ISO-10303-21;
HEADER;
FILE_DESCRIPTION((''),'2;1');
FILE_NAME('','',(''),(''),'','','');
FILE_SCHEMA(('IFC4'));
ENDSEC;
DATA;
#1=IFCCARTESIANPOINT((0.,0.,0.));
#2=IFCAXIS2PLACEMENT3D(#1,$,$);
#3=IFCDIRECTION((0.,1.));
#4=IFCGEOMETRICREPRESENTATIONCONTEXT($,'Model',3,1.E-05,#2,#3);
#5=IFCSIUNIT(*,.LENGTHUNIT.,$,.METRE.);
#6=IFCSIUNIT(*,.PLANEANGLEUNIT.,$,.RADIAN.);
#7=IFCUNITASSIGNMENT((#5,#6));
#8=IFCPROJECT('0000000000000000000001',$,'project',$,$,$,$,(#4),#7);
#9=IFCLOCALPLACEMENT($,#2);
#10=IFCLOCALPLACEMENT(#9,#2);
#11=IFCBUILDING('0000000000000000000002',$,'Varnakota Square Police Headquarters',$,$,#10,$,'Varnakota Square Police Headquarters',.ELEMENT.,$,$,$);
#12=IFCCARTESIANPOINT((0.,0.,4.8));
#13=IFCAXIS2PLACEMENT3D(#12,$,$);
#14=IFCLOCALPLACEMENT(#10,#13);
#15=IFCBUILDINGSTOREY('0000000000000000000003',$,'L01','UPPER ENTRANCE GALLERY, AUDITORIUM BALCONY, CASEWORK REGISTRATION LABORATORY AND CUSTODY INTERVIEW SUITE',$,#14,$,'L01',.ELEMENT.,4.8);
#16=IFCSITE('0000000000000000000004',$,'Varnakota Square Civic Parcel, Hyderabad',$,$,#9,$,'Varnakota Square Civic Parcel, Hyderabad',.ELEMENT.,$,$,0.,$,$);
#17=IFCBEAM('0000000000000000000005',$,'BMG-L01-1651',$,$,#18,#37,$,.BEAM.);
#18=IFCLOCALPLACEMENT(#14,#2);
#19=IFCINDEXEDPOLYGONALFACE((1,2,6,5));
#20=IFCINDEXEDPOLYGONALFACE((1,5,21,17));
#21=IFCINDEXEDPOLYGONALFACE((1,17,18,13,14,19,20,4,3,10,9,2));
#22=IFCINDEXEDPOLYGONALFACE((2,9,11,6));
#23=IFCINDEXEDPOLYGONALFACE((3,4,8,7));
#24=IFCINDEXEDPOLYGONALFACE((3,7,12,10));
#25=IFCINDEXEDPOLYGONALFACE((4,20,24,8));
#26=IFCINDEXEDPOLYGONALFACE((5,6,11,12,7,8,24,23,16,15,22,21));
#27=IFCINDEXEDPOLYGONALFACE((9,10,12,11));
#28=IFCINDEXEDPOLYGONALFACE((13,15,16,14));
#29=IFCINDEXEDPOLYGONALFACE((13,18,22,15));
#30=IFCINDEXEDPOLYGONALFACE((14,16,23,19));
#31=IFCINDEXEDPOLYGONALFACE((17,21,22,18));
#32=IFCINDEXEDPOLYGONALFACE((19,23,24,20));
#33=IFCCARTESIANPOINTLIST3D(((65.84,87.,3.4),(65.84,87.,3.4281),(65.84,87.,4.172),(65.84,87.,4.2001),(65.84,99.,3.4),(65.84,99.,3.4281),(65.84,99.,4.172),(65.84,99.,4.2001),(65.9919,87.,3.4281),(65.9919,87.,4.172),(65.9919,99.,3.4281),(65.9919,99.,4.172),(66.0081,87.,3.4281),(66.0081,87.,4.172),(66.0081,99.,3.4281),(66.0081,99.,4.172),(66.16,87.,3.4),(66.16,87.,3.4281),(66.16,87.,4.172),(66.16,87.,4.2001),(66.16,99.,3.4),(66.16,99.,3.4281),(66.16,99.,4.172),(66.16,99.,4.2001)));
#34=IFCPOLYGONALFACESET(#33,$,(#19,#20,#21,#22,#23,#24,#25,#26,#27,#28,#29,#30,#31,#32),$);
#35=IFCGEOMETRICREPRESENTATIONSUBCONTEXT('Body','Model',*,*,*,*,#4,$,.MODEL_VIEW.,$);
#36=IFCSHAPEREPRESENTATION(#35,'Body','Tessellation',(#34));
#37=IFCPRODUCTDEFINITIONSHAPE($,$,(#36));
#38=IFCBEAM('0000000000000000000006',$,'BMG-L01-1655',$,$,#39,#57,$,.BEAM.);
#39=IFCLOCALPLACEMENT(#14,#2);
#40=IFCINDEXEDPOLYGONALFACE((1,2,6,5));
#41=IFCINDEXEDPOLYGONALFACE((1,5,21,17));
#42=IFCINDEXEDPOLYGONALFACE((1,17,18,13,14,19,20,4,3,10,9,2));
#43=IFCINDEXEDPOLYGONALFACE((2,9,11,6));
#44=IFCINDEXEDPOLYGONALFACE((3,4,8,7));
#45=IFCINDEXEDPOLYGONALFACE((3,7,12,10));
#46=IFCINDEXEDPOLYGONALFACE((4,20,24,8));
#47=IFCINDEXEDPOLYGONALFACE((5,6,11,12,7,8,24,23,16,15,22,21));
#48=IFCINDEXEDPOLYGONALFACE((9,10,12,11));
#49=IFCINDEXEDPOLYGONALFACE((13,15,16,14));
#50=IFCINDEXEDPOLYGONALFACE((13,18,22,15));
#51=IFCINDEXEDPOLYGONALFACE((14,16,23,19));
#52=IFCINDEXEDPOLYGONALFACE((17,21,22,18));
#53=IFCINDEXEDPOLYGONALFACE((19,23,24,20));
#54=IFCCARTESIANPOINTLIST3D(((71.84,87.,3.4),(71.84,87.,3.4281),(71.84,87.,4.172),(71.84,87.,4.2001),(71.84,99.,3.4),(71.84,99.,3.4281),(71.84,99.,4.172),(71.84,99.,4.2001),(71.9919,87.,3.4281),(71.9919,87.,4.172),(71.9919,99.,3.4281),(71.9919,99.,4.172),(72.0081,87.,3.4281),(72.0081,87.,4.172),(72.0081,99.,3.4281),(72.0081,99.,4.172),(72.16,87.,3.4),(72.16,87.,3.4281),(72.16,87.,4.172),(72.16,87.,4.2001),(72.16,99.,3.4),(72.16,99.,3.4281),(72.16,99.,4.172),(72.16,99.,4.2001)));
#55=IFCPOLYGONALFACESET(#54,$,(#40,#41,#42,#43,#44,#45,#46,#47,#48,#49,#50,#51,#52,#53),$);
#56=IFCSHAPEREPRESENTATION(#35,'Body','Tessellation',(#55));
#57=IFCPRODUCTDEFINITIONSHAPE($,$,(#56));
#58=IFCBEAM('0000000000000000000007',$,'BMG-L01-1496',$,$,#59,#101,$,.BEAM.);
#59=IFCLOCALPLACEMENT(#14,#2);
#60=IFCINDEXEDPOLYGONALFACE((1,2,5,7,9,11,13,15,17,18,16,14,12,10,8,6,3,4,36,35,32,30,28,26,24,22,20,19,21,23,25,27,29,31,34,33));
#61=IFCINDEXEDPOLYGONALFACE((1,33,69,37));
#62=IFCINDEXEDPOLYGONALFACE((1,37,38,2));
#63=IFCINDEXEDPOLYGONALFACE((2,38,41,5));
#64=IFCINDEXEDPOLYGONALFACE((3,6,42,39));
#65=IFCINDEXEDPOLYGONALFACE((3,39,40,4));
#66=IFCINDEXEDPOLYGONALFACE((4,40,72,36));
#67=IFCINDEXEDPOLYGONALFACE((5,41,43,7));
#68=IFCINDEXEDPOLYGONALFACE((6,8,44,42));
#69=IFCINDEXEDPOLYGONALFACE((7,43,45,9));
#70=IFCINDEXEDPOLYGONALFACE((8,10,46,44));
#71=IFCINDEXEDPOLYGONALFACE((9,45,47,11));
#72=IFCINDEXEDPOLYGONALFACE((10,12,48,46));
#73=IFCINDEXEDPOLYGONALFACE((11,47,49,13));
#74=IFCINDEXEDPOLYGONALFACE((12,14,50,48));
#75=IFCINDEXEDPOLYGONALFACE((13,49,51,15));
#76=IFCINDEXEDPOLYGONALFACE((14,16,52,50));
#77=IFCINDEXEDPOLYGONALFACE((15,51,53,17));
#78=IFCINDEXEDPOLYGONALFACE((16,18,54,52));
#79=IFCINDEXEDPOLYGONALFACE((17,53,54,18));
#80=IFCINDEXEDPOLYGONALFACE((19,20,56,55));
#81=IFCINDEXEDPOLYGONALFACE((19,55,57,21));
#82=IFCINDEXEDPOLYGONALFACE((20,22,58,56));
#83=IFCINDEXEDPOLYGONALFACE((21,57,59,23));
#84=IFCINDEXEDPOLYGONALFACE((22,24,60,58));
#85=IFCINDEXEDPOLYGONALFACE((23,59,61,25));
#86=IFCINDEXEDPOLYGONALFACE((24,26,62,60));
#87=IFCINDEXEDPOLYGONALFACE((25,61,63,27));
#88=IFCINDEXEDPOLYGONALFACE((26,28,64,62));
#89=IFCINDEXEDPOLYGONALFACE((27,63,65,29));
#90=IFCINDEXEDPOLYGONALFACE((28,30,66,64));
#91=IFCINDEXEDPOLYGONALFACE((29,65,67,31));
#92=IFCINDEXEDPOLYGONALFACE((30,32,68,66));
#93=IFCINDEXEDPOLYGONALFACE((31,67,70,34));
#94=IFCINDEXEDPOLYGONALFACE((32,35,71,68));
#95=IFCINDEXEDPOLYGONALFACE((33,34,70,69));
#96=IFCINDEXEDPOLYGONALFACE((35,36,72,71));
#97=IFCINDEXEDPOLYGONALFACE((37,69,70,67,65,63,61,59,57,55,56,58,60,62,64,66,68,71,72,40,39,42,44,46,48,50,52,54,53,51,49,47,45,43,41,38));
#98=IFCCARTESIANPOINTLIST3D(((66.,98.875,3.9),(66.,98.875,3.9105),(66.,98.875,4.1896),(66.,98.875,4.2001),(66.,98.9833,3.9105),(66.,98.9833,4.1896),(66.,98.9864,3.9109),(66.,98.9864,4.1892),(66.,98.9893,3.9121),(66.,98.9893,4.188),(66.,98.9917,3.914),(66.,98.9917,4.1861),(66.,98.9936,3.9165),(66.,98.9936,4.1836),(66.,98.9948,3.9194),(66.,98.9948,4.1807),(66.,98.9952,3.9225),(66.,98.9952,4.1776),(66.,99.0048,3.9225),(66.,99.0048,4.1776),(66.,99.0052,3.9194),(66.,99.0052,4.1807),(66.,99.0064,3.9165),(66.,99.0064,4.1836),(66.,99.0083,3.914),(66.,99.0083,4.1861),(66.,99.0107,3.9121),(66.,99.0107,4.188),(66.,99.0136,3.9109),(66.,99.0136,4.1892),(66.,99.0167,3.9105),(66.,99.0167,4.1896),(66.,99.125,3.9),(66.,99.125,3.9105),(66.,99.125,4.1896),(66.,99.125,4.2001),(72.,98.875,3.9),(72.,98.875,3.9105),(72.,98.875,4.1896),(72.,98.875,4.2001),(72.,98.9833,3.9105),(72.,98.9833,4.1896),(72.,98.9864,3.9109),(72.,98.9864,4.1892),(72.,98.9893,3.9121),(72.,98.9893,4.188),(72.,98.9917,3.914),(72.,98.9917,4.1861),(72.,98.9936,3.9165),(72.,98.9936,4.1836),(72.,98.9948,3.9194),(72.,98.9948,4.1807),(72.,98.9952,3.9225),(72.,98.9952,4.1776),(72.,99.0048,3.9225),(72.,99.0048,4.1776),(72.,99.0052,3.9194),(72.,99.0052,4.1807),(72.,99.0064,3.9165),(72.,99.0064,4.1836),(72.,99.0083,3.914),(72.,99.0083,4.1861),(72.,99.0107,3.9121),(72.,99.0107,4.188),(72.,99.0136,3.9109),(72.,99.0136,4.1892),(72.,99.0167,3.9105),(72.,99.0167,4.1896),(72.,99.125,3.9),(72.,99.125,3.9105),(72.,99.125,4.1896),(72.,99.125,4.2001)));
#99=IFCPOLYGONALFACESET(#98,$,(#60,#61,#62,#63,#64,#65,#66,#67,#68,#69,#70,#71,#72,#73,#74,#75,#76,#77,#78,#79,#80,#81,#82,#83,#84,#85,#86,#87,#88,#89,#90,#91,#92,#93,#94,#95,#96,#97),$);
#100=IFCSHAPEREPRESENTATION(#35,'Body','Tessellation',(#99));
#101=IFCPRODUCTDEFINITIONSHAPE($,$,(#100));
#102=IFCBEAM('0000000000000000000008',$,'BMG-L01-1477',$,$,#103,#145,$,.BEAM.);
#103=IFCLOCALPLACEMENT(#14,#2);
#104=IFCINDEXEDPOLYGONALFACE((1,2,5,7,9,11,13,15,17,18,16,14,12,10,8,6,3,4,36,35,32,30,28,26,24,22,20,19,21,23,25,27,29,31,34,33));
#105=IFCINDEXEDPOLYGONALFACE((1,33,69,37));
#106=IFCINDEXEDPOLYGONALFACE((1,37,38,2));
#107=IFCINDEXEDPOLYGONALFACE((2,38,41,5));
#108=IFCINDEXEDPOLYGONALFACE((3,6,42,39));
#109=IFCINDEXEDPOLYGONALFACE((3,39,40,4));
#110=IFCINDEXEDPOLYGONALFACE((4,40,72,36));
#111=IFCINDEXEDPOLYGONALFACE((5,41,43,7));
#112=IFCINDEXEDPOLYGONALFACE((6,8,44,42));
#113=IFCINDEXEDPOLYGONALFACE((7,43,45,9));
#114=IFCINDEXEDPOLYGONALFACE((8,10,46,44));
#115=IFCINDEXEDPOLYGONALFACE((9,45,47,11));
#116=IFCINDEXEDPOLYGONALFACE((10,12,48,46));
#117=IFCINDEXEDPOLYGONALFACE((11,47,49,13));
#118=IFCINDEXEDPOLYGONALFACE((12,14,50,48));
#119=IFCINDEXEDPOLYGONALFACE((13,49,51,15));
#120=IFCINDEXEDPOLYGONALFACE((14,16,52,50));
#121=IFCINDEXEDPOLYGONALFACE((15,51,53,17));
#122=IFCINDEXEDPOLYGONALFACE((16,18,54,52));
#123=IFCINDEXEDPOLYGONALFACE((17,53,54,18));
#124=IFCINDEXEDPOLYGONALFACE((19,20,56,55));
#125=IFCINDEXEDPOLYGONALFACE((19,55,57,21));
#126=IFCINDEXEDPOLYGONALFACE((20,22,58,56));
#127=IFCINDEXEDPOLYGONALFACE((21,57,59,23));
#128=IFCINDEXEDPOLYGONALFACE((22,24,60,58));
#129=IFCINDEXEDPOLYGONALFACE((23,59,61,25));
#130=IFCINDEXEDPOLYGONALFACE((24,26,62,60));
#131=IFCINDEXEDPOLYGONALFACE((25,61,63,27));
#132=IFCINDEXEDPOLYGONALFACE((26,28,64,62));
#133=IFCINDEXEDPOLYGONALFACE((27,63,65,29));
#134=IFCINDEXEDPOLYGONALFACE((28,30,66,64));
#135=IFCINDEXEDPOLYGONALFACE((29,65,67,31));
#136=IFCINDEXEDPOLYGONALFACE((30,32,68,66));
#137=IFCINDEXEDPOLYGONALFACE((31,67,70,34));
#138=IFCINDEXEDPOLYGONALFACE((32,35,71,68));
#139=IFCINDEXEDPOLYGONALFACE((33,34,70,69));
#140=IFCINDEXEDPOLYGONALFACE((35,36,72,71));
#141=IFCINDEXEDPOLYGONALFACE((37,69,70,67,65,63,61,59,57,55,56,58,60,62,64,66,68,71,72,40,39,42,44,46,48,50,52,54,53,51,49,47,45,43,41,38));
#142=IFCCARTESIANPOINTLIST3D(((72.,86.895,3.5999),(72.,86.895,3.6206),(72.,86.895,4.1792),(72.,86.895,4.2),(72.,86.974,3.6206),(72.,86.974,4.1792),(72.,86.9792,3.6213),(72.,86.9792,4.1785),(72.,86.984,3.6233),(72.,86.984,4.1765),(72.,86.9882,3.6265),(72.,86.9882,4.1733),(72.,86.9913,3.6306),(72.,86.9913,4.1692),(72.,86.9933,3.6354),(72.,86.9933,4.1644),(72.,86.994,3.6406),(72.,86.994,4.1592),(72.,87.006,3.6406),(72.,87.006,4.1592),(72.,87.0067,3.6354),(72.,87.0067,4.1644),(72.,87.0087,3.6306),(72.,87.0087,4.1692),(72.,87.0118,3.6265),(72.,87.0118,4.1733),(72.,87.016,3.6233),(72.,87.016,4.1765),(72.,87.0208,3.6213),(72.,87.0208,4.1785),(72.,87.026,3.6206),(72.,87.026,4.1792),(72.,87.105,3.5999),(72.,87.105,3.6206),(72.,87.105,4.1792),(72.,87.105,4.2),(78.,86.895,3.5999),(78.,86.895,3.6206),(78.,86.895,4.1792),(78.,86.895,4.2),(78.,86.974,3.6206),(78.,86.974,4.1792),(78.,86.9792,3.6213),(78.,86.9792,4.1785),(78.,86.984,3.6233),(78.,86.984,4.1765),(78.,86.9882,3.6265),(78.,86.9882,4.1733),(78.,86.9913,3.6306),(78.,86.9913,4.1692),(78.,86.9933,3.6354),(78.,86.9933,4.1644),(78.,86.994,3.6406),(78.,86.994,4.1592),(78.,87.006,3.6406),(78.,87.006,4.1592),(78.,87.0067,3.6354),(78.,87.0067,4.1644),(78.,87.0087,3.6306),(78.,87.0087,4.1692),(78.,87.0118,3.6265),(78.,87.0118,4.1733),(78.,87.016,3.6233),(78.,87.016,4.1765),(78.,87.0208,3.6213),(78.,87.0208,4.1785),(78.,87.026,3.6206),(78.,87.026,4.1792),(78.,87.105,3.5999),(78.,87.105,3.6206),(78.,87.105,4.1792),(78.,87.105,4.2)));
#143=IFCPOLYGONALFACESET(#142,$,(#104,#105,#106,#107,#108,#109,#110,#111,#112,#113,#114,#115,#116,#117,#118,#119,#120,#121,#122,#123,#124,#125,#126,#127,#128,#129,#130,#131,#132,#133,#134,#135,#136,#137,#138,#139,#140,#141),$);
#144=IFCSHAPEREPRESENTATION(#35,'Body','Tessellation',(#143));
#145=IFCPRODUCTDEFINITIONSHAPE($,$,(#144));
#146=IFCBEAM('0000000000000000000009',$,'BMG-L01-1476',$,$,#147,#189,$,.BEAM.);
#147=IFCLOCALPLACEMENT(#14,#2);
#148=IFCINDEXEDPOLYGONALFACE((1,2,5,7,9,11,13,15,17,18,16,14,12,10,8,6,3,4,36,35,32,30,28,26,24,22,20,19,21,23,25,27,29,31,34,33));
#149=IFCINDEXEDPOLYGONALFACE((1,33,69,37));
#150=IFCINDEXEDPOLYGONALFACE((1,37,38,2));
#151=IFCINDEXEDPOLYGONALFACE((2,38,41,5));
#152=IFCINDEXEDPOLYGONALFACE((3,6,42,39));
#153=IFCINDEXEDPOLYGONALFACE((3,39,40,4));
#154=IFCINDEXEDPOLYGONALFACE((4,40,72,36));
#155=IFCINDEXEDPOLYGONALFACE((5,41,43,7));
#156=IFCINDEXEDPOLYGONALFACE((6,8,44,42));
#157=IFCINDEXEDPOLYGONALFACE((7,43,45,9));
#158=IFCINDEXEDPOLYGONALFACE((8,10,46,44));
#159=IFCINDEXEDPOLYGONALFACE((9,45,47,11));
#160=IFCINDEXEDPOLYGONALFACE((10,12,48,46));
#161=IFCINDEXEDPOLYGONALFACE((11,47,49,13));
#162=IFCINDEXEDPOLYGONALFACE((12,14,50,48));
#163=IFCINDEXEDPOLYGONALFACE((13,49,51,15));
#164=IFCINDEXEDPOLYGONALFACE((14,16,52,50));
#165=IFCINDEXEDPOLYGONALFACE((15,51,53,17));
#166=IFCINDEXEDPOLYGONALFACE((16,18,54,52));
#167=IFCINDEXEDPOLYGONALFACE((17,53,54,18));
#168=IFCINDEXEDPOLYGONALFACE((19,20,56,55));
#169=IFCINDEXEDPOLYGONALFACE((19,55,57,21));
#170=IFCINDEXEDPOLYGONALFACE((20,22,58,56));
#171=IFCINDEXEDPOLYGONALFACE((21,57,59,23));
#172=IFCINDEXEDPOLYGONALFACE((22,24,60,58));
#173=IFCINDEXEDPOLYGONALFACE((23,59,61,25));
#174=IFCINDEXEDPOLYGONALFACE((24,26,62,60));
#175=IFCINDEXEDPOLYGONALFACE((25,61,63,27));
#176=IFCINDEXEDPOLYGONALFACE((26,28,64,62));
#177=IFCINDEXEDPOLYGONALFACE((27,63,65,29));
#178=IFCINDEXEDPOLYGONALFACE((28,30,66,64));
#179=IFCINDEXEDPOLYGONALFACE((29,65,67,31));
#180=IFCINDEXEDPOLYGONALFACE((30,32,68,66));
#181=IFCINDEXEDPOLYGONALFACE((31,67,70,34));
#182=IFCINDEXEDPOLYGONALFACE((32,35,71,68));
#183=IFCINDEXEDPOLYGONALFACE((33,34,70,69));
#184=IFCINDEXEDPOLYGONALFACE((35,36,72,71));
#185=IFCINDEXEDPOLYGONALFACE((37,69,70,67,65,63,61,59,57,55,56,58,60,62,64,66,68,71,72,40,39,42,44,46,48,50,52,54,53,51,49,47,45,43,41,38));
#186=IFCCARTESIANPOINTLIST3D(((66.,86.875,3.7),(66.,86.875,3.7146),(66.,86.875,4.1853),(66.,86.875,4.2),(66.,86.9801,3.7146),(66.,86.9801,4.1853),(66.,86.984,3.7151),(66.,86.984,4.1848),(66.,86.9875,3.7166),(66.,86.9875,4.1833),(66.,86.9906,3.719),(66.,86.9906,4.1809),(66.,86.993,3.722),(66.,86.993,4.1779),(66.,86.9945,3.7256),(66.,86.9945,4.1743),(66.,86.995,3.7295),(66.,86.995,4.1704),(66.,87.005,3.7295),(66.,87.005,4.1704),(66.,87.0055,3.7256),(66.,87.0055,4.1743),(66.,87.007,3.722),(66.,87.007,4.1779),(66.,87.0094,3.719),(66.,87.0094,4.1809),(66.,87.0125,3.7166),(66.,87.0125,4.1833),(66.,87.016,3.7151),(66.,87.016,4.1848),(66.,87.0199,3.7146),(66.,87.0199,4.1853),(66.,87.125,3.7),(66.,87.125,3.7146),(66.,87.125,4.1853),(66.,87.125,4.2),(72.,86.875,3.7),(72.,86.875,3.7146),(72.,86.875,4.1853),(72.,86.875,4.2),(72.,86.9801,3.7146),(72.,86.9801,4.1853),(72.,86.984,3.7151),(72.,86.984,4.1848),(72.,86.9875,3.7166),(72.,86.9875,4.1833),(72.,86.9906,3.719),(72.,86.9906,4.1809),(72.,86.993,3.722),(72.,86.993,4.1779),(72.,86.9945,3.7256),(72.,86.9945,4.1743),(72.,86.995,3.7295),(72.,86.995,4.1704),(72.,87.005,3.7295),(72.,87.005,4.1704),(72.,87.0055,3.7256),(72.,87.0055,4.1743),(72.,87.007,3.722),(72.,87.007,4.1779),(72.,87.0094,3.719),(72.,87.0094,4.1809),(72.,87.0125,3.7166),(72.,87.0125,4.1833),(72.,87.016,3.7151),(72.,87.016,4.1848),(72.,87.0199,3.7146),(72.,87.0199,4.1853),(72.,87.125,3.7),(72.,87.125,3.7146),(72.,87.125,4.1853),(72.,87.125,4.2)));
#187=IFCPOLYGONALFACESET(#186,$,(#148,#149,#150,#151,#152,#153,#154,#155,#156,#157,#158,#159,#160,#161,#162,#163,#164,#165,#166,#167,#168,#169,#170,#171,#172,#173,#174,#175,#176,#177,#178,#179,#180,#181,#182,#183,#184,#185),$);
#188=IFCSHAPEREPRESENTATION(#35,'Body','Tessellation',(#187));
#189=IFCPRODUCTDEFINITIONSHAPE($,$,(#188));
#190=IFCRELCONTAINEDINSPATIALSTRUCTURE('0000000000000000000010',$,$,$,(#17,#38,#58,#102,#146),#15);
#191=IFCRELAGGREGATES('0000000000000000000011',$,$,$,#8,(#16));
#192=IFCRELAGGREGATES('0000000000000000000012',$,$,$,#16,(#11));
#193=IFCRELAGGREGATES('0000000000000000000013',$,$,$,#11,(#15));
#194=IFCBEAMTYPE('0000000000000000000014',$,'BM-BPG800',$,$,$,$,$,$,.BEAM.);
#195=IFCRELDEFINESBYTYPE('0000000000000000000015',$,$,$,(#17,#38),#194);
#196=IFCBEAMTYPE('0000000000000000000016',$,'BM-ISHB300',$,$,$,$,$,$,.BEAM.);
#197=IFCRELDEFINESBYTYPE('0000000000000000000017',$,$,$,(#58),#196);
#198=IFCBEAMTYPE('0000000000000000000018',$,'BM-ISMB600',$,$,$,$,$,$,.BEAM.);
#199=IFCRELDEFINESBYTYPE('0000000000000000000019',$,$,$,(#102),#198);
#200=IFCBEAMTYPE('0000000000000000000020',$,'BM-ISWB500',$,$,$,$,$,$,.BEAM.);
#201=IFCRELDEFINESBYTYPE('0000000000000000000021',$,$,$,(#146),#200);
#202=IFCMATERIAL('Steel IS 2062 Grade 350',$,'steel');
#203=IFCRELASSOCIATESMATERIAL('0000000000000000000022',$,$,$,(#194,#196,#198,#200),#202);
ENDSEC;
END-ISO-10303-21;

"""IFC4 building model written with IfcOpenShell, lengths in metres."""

from ifc_helpers import new_model, si_unit, direction, frame, origin, origin_2d, place, context, subcontext, project, spatial, i_section, extrude, material, material_profile, profile_set, type_object, element, save


model = new_model("IFC4")

# Units and contexts
model_context = context("Model", 3, precision=1e-05, world=origin(), true_north=direction((0.0, 1.0)))
body_context = subcontext(model_context, "Body", "Model", "MODEL_VIEW")
ifc_project = project(units=[si_unit("LENGTHUNIT", "METRE"), si_unit("PLANEANGLEUNIT", "RADIAN")], contexts=[model_context])

# Site, building, storey
site_placement = place(None, origin())
site = spatial("IfcSite", under=ifc_project, at=site_placement, Name="Varnakota Square Civic Parcel, Hyderabad", LongName="Varnakota Square Civic Parcel, Hyderabad", CompositionType="ELEMENT", RefElevation=0.0)
building_placement = place(site_placement, origin())
building = spatial("IfcBuilding", under=site, at=building_placement, Name="Varnakota Square Police Headquarters", LongName="Varnakota Square Police Headquarters", CompositionType="ELEMENT")
storey_placement = place(building_placement, frame((0.0, 0.0, 4.8)))
storey = spatial("IfcBuildingStorey", under=building, at=storey_placement, Name="L01", Description="UPPER ENTRANCE GALLERY, AUDITORIUM BALCONY, CASEWORK REGISTRATION LABORATORY AND CUSTODY INTERVIEW SUITE", LongName="L01", CompositionType="ELEMENT", Elevation=4.8)

# Shared definitions
ifc_material_1 = material(Name="Steel IS 2062 Grade 350", Category="steel")

# Beams
ifc_material_profile_1 = material_profile(ifc_material_1, i_section(OverallWidth=0.3201, OverallDepth=0.8, WebThickness=0.0161, FlangeThickness=0.0281, at=origin_2d()), Name="BPG 800x320")
ifc_profile_set_1 = profile_set([ifc_material_profile_1], Name="Steel IS 2062 Grade 350")
beam_type_1 = type_object("IfcBeamType", Name="BM-BPG800", PredefinedType="BEAM", material=ifc_profile_set_1)
for number, where, z_axis, x_axis, name in (
    (1, (66.0, 87.0, 3.8), (0.0, 1.0, 0.0), (-1.0, 0.0, 0.0), "BMG-L01-1651"),
    (2, (72.0, 87.0, 3.8), (0.0, 1.0, 0.0), (-1.0, 0.0, 0.0), "BMG-L01-1655"),
):
    element("IfcBeam", number, at=place(storey_placement, frame(where, z_axis=z_axis, x_axis=x_axis)), inside=storey, type_object=beam_type_1, Name=name, PredefinedType="BEAM", context=body_context, shape_type="SweptSolid", body=[
        extrude(i_section(OverallWidth=0.3201, OverallDepth=0.8, WebThickness=0.0161, FlangeThickness=0.0281, at=origin_2d()), origin(), (0.0, 0.0, 1.0), 12.0),
    ])
ifc_material_profile_2 = material_profile(ifc_material_1, i_section(OverallWidth=0.25, OverallDepth=0.3, WebThickness=0.0095, FlangeThickness=0.0105, FilletRadius=0.012, at=origin_2d()), Name="ISHB 300")
ifc_profile_set_2 = profile_set([ifc_material_profile_2], Name="Steel IS 2062 Grade 350")
beam_type_2 = type_object("IfcBeamType", Name="BM-ISHB300", PredefinedType="BEAM", material=ifc_profile_set_2)
beam_1_placement = place(storey_placement, frame((66.0, 99.0, 4.05), z_axis=(1.0, 0.0, 0.0), x_axis=(0.0, 1.0, 0.0)))
element("IfcBeam", 3, at=beam_1_placement, inside=storey, type_object=beam_type_2, Name="BMG-L01-1496", PredefinedType="BEAM", context=body_context, shape_type="SweptSolid", body=[
    extrude(i_section(OverallWidth=0.25, OverallDepth=0.3, WebThickness=0.0095, FlangeThickness=0.0105, FilletRadius=0.012, at=origin_2d()), origin(), (0.0, 0.0, 1.0), 6.0),
])
ifc_material_profile_3 = material_profile(ifc_material_1, i_section(OverallWidth=0.21, OverallDepth=0.6001, WebThickness=0.012, FlangeThickness=0.0208, FilletRadius=0.02, at=origin_2d()), Name="ISMB 600")
ifc_profile_set_3 = profile_set([ifc_material_profile_3], Name="Steel IS 2062 Grade 350")
beam_type_3 = type_object("IfcBeamType", Name="BM-ISMB600", PredefinedType="BEAM", material=ifc_profile_set_3)
beam_2_placement = place(storey_placement, frame((72.0, 87.0, 3.8999), z_axis=(1.0, 0.0, 0.0), x_axis=(0.0, 1.0, 0.0)))
element("IfcBeam", 4, at=beam_2_placement, inside=storey, type_object=beam_type_3, Name="BMG-L01-1477", PredefinedType="BEAM", context=body_context, shape_type="SweptSolid", body=[
    extrude(i_section(OverallWidth=0.21, OverallDepth=0.6001, WebThickness=0.012, FlangeThickness=0.0208, FilletRadius=0.02, at=origin_2d()), origin(), (0.0, 0.0, 1.0), 6.0),
])
ifc_material_profile_4 = material_profile(ifc_material_1, i_section(OverallWidth=0.25, OverallDepth=0.5, WebThickness=0.01, FlangeThickness=0.0146, FilletRadius=0.0149, at=origin_2d()), Name="ISWB 500")
ifc_profile_set_4 = profile_set([ifc_material_profile_4], Name="Steel IS 2062 Grade 350")
beam_type_4 = type_object("IfcBeamType", Name="BM-ISWB500", PredefinedType="BEAM", material=ifc_profile_set_4)
beam_3_placement = place(storey_placement, frame((66.0, 87.0, 3.95), z_axis=(1.0, 0.0, 0.0), x_axis=(0.0, 1.0, 0.0)))
element("IfcBeam", 5, at=beam_3_placement, inside=storey, type_object=beam_type_4, Name="BMG-L01-1476", PredefinedType="BEAM", context=body_context, shape_type="SweptSolid", body=[
    extrude(i_section(OverallWidth=0.25, OverallDepth=0.5, WebThickness=0.01, FlangeThickness=0.0146, FilletRadius=0.0149, at=origin_2d()), origin(), (0.0, 0.0, 1.0), 6.0),
])

save(model, "model.ifc")
